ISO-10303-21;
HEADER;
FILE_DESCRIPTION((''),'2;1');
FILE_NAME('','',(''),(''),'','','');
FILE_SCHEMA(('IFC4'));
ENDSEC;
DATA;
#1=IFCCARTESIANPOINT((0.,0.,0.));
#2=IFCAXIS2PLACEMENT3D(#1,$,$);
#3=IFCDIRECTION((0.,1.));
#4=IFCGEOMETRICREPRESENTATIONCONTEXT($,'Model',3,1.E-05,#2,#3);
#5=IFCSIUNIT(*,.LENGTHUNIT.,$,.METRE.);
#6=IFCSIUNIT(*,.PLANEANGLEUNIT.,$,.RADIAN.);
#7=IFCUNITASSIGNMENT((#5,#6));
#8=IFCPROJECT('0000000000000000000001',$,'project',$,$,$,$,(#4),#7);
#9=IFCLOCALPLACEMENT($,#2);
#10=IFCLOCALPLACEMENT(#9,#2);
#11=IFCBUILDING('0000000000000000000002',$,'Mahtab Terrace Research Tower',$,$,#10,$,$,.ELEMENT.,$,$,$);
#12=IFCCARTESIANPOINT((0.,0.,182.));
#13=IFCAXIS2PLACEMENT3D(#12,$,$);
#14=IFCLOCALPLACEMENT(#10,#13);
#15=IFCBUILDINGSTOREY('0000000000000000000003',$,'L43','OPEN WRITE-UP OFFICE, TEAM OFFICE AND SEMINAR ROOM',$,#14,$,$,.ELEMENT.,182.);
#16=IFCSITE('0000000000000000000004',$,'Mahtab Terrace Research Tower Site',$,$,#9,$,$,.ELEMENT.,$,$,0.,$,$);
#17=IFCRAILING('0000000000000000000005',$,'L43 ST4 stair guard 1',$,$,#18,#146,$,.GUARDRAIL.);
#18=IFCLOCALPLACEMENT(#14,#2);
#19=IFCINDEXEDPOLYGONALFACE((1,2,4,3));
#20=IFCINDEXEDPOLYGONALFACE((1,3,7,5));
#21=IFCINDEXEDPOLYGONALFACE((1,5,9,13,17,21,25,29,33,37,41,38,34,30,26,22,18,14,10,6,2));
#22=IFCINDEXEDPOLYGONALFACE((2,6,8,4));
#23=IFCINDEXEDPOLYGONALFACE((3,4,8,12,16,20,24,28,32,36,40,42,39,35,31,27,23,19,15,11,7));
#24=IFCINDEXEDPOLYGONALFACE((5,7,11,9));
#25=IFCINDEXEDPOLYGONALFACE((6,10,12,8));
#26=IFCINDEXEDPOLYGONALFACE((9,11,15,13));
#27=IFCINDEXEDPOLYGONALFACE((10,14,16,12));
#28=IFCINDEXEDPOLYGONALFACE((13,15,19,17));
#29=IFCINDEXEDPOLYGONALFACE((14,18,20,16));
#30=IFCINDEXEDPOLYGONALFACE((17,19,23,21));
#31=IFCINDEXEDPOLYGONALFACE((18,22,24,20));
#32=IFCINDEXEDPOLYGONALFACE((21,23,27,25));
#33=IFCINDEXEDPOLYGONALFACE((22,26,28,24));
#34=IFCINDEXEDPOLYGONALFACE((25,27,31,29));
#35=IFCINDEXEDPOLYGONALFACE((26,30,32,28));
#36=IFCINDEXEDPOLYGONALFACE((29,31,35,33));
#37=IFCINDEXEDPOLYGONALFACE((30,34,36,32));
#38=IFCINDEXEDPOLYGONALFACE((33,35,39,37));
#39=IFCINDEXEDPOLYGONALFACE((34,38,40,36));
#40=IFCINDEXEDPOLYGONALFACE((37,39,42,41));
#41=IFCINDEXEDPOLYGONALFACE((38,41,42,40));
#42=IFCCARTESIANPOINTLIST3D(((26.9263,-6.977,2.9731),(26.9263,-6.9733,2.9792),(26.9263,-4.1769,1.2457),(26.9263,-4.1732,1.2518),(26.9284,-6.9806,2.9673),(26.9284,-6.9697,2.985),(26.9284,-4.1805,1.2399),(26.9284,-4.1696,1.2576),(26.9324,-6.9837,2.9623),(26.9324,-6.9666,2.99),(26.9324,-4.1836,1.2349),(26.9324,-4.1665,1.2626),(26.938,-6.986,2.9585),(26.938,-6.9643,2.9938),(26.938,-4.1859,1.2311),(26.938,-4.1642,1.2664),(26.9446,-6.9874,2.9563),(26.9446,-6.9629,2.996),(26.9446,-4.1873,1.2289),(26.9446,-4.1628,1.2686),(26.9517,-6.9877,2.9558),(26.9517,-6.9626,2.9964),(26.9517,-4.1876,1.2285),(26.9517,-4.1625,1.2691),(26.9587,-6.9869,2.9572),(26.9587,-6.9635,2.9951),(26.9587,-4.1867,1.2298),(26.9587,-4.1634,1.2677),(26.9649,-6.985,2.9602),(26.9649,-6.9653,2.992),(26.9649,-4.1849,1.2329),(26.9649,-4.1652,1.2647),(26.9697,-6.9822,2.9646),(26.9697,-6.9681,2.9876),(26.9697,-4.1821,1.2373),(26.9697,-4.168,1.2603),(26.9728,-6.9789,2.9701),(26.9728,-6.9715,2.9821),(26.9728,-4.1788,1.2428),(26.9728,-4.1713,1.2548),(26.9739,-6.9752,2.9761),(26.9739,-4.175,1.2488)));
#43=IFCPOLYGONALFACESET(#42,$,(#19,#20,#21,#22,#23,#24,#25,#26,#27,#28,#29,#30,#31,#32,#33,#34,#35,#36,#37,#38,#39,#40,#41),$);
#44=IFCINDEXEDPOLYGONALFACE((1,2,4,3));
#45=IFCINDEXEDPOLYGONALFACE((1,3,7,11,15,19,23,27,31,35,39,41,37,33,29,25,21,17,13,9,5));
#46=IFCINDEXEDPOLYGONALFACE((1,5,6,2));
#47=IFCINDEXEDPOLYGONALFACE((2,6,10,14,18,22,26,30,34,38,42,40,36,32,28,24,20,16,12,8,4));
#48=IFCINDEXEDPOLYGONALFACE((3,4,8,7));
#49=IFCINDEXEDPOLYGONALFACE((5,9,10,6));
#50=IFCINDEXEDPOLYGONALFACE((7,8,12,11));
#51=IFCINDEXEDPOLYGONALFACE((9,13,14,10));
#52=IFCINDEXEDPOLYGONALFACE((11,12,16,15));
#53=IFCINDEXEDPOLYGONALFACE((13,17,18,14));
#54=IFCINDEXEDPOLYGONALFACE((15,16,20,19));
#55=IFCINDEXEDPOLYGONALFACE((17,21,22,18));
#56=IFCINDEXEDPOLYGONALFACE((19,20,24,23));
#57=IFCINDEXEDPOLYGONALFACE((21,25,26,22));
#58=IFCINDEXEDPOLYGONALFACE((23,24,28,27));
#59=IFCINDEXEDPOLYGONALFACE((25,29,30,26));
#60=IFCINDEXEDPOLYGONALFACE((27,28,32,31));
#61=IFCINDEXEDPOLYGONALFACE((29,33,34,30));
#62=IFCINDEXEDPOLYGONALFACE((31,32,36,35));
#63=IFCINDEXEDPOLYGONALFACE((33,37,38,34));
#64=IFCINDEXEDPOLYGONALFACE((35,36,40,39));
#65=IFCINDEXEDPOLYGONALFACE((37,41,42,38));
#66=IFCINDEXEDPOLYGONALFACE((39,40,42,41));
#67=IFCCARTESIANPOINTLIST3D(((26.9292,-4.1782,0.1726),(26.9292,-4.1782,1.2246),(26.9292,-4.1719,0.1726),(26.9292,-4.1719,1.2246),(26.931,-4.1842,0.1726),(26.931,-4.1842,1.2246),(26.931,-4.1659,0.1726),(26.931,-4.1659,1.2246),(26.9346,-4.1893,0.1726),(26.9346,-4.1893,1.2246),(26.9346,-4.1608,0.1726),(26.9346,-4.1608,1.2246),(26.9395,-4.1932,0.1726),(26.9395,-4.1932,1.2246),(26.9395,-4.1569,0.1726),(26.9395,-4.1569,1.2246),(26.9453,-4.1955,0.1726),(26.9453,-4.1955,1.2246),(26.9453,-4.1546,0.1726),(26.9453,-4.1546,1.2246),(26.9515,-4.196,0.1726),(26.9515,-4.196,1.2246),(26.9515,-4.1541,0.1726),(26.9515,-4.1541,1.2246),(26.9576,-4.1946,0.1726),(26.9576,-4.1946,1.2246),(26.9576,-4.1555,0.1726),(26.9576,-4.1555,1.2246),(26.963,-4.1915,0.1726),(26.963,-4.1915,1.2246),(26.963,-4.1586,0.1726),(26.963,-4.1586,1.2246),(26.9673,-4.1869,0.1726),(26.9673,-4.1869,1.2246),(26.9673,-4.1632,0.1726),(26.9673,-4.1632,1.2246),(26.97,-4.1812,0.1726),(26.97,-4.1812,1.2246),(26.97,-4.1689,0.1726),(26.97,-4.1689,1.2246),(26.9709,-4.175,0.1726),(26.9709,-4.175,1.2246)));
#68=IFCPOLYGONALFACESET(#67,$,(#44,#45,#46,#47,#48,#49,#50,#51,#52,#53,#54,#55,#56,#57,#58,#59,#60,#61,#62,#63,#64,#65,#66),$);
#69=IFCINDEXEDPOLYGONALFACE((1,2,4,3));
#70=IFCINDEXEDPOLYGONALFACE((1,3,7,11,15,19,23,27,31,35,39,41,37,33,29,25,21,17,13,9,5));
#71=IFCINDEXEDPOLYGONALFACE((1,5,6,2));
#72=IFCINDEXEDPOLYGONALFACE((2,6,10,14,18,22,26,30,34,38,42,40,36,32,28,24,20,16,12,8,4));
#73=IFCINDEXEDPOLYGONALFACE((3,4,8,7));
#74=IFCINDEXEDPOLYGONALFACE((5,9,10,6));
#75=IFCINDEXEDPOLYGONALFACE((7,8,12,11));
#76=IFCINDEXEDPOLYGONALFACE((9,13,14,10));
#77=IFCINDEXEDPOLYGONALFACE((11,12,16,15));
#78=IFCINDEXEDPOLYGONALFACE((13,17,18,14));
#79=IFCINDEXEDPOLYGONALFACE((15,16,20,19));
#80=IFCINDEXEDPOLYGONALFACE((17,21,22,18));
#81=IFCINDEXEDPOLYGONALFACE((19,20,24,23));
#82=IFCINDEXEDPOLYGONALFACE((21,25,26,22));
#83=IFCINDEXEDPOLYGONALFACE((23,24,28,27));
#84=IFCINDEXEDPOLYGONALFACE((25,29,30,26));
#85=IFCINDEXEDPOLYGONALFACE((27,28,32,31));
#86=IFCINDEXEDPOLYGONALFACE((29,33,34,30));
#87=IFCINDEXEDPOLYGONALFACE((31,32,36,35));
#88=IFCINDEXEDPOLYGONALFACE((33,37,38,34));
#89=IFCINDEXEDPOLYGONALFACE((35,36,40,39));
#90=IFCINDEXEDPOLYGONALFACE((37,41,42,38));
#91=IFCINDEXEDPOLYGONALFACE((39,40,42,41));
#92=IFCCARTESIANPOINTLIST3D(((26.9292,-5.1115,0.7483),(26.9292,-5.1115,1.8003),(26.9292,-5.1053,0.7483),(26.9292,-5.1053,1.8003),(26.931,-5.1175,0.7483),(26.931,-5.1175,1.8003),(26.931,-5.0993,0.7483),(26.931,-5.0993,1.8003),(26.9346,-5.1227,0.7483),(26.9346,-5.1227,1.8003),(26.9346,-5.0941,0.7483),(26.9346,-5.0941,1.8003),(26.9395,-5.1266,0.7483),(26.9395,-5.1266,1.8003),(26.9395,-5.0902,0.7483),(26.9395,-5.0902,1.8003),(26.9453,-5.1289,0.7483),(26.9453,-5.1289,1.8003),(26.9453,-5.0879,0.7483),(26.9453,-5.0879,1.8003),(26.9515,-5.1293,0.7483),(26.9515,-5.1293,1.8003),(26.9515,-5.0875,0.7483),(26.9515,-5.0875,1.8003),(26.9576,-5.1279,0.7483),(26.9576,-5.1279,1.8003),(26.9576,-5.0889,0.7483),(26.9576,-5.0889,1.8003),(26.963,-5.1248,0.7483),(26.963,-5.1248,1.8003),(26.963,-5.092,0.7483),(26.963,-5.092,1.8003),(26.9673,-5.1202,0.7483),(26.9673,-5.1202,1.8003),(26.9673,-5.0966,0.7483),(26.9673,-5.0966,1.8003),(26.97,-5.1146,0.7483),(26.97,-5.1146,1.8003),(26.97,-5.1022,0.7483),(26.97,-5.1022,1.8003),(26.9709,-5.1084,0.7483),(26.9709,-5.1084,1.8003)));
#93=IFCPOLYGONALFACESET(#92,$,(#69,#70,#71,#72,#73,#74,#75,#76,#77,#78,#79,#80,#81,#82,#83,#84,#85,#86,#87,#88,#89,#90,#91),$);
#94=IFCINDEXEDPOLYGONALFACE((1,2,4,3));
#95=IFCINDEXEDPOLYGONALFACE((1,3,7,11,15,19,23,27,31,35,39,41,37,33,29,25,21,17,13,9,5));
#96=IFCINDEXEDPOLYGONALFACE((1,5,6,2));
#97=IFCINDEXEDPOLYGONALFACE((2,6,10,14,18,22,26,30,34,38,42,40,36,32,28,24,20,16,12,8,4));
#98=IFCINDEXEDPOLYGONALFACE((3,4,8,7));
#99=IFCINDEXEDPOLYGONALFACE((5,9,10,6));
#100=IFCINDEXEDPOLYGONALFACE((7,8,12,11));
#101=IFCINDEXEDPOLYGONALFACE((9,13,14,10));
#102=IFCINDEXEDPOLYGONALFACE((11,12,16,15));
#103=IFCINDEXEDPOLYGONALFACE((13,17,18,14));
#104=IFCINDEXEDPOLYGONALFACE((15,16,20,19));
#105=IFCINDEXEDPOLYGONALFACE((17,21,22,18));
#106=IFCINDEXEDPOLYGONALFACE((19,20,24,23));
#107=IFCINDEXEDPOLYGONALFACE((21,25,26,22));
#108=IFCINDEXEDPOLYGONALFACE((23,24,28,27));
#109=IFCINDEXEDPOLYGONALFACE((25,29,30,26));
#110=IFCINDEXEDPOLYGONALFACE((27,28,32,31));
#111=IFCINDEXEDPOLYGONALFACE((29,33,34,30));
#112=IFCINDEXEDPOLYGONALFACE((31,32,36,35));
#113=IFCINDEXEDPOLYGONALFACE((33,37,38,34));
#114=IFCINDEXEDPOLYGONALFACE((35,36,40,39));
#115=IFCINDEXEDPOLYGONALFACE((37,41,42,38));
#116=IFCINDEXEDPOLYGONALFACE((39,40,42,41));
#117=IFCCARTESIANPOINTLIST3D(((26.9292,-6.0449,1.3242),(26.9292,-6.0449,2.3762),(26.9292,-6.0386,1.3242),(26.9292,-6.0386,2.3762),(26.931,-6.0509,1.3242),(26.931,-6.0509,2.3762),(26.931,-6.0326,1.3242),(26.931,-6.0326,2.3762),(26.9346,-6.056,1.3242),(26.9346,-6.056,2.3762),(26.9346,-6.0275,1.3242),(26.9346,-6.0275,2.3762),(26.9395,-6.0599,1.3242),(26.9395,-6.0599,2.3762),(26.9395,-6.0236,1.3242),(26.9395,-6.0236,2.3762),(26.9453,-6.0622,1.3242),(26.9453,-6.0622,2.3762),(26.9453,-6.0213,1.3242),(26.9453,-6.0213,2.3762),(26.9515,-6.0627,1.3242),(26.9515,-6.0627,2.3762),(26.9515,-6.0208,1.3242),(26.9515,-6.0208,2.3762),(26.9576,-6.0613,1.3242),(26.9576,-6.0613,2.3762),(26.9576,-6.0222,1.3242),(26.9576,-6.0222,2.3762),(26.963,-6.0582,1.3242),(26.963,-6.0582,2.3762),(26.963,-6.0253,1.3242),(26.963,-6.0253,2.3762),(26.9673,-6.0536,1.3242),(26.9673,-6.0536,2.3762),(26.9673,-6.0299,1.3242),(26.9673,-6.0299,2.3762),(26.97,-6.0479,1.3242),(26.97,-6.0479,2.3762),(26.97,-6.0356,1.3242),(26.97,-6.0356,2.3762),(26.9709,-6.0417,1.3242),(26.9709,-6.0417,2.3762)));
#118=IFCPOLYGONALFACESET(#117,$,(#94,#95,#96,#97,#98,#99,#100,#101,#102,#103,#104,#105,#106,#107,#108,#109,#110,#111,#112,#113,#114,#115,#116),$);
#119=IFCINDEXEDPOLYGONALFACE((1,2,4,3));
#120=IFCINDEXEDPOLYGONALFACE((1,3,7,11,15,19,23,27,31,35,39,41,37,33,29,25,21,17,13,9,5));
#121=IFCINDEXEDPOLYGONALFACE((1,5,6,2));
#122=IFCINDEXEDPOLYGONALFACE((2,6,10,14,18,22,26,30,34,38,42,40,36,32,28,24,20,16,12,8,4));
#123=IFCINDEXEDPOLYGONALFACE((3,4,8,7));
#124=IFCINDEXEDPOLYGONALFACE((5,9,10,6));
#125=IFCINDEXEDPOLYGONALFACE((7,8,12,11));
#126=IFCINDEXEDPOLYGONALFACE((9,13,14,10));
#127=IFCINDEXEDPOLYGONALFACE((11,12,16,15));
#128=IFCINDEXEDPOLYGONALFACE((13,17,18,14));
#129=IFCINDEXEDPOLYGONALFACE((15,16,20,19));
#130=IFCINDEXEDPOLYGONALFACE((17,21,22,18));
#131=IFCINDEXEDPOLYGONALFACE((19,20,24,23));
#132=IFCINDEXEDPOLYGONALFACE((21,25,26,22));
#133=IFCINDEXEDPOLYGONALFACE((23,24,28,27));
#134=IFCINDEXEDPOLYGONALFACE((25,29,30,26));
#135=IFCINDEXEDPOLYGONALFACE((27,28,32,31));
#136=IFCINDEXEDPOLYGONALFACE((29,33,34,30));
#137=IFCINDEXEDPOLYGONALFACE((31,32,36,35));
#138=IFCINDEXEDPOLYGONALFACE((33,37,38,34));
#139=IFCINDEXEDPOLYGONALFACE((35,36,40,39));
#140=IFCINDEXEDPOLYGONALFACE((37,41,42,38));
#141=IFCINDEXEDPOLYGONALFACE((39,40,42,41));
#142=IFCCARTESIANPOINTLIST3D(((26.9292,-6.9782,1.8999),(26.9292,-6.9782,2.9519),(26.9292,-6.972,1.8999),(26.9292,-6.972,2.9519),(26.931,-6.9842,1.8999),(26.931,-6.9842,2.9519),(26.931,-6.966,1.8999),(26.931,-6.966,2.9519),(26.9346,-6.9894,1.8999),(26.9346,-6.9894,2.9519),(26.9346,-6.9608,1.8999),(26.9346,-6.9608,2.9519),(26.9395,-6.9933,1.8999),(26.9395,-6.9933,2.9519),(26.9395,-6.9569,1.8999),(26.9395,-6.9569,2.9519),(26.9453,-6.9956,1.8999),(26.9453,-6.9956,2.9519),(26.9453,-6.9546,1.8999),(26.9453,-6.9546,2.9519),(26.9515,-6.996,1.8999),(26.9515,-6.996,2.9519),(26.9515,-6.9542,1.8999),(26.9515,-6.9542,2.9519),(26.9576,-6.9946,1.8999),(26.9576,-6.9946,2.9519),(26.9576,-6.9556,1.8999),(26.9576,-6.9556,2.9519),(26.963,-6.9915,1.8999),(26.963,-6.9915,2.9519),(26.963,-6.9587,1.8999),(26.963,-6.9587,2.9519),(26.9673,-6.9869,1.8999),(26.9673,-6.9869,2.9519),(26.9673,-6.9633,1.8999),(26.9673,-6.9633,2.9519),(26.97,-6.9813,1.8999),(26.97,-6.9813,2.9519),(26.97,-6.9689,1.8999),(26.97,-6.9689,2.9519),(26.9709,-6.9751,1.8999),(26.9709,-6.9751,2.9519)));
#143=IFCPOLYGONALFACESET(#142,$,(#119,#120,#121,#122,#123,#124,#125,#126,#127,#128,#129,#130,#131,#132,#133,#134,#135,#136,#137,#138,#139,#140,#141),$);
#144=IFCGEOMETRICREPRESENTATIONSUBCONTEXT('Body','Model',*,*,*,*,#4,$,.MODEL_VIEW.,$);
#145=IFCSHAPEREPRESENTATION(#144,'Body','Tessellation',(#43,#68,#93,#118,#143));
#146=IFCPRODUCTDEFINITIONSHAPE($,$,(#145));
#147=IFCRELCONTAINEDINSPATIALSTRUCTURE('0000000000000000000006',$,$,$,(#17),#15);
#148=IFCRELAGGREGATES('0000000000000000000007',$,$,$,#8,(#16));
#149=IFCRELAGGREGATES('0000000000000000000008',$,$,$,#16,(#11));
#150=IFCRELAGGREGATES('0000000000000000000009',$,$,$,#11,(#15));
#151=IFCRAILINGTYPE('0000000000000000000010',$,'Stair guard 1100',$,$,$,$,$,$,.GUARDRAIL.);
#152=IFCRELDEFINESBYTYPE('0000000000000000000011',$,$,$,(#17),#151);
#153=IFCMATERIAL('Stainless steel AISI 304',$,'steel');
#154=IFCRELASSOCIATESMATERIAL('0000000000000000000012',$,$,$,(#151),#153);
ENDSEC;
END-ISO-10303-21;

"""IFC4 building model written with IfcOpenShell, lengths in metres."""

from ifc_helpers import new_model, si_unit, direction, frame, origin, origin_2d, place, context, subcontext, project, spatial, circle, extrude, material, type_object, element, save


model = new_model("IFC4")

# Units and contexts
model_context = context("Model", 3, precision=1e-05, world=origin(), true_north=direction((0.0, 1.0)))
body_context = subcontext(model_context, "Body", "Model", "MODEL_VIEW")
ifc_project = project(units=[si_unit("LENGTHUNIT", "METRE"), si_unit("PLANEANGLEUNIT", "RADIAN")], contexts=[model_context])

# Site, building, storey
site_placement = place(None, origin())
site = spatial("IfcSite", under=ifc_project, at=site_placement, Name="Mahtab Terrace Research Tower Site", CompositionType="ELEMENT", RefElevation=0.0)
building_placement = place(site_placement, origin())
building = spatial("IfcBuilding", under=site, at=building_placement, Name="Mahtab Terrace Research Tower", CompositionType="ELEMENT")
storey_placement = place(building_placement, frame((0.0, 0.0, 182.0)))
storey = spatial("IfcBuildingStorey", under=building, at=storey_placement, Name="L43", Description="OPEN WRITE-UP OFFICE, TEAM OFFICE AND SEMINAR ROOM", CompositionType="ELEMENT", Elevation=182.0)

# Railing
ifc_material_1 = material(Name="Stainless steel AISI 304", Category="steel")
railing_type_1 = type_object("IfcRailingType", Name="Stair guard 1100", PredefinedType="GUARDRAIL", material=ifc_material_1)
railing_1_placement = place(storey_placement, frame((26.95, -4.175, 0.1726)))
element("IfcRailing", 1, at=railing_1_placement, inside=storey, type_object=railing_type_1, Name="L43 ST4 stair guard 1", PredefinedType="GUARDRAIL", context=body_context, shape_type="SweptSolid", body=[
    extrude(circle(Radius=0.0239, at=origin_2d()), frame((0.0, 0.0, 1.0762), z_axis=(0.0, -0.85109, 0.52502), x_axis=(1.0, 0.0, 0.0)), (0.0, 0.0, 1.0), 3.29),
    extrude(circle(Radius=0.021, at=origin_2d()), origin(), (0.0, 0.0, 1.0), 1.052),
    extrude(circle(Radius=0.021, at=origin_2d()), frame((0.0, -0.9333, 0.5757)), (0.0, 0.0, 1.0), 1.052),
    extrude(circle(Radius=0.021, at=origin_2d()), frame((0.0, -1.8667, 1.1516)), (0.0, 0.0, 1.0), 1.052),
    extrude(circle(Radius=0.021, at=origin_2d()), frame((0.0, -2.8, 1.7273)), (0.0, 0.0, 1.0), 1.052),
])

save(model, "model.ifc")
